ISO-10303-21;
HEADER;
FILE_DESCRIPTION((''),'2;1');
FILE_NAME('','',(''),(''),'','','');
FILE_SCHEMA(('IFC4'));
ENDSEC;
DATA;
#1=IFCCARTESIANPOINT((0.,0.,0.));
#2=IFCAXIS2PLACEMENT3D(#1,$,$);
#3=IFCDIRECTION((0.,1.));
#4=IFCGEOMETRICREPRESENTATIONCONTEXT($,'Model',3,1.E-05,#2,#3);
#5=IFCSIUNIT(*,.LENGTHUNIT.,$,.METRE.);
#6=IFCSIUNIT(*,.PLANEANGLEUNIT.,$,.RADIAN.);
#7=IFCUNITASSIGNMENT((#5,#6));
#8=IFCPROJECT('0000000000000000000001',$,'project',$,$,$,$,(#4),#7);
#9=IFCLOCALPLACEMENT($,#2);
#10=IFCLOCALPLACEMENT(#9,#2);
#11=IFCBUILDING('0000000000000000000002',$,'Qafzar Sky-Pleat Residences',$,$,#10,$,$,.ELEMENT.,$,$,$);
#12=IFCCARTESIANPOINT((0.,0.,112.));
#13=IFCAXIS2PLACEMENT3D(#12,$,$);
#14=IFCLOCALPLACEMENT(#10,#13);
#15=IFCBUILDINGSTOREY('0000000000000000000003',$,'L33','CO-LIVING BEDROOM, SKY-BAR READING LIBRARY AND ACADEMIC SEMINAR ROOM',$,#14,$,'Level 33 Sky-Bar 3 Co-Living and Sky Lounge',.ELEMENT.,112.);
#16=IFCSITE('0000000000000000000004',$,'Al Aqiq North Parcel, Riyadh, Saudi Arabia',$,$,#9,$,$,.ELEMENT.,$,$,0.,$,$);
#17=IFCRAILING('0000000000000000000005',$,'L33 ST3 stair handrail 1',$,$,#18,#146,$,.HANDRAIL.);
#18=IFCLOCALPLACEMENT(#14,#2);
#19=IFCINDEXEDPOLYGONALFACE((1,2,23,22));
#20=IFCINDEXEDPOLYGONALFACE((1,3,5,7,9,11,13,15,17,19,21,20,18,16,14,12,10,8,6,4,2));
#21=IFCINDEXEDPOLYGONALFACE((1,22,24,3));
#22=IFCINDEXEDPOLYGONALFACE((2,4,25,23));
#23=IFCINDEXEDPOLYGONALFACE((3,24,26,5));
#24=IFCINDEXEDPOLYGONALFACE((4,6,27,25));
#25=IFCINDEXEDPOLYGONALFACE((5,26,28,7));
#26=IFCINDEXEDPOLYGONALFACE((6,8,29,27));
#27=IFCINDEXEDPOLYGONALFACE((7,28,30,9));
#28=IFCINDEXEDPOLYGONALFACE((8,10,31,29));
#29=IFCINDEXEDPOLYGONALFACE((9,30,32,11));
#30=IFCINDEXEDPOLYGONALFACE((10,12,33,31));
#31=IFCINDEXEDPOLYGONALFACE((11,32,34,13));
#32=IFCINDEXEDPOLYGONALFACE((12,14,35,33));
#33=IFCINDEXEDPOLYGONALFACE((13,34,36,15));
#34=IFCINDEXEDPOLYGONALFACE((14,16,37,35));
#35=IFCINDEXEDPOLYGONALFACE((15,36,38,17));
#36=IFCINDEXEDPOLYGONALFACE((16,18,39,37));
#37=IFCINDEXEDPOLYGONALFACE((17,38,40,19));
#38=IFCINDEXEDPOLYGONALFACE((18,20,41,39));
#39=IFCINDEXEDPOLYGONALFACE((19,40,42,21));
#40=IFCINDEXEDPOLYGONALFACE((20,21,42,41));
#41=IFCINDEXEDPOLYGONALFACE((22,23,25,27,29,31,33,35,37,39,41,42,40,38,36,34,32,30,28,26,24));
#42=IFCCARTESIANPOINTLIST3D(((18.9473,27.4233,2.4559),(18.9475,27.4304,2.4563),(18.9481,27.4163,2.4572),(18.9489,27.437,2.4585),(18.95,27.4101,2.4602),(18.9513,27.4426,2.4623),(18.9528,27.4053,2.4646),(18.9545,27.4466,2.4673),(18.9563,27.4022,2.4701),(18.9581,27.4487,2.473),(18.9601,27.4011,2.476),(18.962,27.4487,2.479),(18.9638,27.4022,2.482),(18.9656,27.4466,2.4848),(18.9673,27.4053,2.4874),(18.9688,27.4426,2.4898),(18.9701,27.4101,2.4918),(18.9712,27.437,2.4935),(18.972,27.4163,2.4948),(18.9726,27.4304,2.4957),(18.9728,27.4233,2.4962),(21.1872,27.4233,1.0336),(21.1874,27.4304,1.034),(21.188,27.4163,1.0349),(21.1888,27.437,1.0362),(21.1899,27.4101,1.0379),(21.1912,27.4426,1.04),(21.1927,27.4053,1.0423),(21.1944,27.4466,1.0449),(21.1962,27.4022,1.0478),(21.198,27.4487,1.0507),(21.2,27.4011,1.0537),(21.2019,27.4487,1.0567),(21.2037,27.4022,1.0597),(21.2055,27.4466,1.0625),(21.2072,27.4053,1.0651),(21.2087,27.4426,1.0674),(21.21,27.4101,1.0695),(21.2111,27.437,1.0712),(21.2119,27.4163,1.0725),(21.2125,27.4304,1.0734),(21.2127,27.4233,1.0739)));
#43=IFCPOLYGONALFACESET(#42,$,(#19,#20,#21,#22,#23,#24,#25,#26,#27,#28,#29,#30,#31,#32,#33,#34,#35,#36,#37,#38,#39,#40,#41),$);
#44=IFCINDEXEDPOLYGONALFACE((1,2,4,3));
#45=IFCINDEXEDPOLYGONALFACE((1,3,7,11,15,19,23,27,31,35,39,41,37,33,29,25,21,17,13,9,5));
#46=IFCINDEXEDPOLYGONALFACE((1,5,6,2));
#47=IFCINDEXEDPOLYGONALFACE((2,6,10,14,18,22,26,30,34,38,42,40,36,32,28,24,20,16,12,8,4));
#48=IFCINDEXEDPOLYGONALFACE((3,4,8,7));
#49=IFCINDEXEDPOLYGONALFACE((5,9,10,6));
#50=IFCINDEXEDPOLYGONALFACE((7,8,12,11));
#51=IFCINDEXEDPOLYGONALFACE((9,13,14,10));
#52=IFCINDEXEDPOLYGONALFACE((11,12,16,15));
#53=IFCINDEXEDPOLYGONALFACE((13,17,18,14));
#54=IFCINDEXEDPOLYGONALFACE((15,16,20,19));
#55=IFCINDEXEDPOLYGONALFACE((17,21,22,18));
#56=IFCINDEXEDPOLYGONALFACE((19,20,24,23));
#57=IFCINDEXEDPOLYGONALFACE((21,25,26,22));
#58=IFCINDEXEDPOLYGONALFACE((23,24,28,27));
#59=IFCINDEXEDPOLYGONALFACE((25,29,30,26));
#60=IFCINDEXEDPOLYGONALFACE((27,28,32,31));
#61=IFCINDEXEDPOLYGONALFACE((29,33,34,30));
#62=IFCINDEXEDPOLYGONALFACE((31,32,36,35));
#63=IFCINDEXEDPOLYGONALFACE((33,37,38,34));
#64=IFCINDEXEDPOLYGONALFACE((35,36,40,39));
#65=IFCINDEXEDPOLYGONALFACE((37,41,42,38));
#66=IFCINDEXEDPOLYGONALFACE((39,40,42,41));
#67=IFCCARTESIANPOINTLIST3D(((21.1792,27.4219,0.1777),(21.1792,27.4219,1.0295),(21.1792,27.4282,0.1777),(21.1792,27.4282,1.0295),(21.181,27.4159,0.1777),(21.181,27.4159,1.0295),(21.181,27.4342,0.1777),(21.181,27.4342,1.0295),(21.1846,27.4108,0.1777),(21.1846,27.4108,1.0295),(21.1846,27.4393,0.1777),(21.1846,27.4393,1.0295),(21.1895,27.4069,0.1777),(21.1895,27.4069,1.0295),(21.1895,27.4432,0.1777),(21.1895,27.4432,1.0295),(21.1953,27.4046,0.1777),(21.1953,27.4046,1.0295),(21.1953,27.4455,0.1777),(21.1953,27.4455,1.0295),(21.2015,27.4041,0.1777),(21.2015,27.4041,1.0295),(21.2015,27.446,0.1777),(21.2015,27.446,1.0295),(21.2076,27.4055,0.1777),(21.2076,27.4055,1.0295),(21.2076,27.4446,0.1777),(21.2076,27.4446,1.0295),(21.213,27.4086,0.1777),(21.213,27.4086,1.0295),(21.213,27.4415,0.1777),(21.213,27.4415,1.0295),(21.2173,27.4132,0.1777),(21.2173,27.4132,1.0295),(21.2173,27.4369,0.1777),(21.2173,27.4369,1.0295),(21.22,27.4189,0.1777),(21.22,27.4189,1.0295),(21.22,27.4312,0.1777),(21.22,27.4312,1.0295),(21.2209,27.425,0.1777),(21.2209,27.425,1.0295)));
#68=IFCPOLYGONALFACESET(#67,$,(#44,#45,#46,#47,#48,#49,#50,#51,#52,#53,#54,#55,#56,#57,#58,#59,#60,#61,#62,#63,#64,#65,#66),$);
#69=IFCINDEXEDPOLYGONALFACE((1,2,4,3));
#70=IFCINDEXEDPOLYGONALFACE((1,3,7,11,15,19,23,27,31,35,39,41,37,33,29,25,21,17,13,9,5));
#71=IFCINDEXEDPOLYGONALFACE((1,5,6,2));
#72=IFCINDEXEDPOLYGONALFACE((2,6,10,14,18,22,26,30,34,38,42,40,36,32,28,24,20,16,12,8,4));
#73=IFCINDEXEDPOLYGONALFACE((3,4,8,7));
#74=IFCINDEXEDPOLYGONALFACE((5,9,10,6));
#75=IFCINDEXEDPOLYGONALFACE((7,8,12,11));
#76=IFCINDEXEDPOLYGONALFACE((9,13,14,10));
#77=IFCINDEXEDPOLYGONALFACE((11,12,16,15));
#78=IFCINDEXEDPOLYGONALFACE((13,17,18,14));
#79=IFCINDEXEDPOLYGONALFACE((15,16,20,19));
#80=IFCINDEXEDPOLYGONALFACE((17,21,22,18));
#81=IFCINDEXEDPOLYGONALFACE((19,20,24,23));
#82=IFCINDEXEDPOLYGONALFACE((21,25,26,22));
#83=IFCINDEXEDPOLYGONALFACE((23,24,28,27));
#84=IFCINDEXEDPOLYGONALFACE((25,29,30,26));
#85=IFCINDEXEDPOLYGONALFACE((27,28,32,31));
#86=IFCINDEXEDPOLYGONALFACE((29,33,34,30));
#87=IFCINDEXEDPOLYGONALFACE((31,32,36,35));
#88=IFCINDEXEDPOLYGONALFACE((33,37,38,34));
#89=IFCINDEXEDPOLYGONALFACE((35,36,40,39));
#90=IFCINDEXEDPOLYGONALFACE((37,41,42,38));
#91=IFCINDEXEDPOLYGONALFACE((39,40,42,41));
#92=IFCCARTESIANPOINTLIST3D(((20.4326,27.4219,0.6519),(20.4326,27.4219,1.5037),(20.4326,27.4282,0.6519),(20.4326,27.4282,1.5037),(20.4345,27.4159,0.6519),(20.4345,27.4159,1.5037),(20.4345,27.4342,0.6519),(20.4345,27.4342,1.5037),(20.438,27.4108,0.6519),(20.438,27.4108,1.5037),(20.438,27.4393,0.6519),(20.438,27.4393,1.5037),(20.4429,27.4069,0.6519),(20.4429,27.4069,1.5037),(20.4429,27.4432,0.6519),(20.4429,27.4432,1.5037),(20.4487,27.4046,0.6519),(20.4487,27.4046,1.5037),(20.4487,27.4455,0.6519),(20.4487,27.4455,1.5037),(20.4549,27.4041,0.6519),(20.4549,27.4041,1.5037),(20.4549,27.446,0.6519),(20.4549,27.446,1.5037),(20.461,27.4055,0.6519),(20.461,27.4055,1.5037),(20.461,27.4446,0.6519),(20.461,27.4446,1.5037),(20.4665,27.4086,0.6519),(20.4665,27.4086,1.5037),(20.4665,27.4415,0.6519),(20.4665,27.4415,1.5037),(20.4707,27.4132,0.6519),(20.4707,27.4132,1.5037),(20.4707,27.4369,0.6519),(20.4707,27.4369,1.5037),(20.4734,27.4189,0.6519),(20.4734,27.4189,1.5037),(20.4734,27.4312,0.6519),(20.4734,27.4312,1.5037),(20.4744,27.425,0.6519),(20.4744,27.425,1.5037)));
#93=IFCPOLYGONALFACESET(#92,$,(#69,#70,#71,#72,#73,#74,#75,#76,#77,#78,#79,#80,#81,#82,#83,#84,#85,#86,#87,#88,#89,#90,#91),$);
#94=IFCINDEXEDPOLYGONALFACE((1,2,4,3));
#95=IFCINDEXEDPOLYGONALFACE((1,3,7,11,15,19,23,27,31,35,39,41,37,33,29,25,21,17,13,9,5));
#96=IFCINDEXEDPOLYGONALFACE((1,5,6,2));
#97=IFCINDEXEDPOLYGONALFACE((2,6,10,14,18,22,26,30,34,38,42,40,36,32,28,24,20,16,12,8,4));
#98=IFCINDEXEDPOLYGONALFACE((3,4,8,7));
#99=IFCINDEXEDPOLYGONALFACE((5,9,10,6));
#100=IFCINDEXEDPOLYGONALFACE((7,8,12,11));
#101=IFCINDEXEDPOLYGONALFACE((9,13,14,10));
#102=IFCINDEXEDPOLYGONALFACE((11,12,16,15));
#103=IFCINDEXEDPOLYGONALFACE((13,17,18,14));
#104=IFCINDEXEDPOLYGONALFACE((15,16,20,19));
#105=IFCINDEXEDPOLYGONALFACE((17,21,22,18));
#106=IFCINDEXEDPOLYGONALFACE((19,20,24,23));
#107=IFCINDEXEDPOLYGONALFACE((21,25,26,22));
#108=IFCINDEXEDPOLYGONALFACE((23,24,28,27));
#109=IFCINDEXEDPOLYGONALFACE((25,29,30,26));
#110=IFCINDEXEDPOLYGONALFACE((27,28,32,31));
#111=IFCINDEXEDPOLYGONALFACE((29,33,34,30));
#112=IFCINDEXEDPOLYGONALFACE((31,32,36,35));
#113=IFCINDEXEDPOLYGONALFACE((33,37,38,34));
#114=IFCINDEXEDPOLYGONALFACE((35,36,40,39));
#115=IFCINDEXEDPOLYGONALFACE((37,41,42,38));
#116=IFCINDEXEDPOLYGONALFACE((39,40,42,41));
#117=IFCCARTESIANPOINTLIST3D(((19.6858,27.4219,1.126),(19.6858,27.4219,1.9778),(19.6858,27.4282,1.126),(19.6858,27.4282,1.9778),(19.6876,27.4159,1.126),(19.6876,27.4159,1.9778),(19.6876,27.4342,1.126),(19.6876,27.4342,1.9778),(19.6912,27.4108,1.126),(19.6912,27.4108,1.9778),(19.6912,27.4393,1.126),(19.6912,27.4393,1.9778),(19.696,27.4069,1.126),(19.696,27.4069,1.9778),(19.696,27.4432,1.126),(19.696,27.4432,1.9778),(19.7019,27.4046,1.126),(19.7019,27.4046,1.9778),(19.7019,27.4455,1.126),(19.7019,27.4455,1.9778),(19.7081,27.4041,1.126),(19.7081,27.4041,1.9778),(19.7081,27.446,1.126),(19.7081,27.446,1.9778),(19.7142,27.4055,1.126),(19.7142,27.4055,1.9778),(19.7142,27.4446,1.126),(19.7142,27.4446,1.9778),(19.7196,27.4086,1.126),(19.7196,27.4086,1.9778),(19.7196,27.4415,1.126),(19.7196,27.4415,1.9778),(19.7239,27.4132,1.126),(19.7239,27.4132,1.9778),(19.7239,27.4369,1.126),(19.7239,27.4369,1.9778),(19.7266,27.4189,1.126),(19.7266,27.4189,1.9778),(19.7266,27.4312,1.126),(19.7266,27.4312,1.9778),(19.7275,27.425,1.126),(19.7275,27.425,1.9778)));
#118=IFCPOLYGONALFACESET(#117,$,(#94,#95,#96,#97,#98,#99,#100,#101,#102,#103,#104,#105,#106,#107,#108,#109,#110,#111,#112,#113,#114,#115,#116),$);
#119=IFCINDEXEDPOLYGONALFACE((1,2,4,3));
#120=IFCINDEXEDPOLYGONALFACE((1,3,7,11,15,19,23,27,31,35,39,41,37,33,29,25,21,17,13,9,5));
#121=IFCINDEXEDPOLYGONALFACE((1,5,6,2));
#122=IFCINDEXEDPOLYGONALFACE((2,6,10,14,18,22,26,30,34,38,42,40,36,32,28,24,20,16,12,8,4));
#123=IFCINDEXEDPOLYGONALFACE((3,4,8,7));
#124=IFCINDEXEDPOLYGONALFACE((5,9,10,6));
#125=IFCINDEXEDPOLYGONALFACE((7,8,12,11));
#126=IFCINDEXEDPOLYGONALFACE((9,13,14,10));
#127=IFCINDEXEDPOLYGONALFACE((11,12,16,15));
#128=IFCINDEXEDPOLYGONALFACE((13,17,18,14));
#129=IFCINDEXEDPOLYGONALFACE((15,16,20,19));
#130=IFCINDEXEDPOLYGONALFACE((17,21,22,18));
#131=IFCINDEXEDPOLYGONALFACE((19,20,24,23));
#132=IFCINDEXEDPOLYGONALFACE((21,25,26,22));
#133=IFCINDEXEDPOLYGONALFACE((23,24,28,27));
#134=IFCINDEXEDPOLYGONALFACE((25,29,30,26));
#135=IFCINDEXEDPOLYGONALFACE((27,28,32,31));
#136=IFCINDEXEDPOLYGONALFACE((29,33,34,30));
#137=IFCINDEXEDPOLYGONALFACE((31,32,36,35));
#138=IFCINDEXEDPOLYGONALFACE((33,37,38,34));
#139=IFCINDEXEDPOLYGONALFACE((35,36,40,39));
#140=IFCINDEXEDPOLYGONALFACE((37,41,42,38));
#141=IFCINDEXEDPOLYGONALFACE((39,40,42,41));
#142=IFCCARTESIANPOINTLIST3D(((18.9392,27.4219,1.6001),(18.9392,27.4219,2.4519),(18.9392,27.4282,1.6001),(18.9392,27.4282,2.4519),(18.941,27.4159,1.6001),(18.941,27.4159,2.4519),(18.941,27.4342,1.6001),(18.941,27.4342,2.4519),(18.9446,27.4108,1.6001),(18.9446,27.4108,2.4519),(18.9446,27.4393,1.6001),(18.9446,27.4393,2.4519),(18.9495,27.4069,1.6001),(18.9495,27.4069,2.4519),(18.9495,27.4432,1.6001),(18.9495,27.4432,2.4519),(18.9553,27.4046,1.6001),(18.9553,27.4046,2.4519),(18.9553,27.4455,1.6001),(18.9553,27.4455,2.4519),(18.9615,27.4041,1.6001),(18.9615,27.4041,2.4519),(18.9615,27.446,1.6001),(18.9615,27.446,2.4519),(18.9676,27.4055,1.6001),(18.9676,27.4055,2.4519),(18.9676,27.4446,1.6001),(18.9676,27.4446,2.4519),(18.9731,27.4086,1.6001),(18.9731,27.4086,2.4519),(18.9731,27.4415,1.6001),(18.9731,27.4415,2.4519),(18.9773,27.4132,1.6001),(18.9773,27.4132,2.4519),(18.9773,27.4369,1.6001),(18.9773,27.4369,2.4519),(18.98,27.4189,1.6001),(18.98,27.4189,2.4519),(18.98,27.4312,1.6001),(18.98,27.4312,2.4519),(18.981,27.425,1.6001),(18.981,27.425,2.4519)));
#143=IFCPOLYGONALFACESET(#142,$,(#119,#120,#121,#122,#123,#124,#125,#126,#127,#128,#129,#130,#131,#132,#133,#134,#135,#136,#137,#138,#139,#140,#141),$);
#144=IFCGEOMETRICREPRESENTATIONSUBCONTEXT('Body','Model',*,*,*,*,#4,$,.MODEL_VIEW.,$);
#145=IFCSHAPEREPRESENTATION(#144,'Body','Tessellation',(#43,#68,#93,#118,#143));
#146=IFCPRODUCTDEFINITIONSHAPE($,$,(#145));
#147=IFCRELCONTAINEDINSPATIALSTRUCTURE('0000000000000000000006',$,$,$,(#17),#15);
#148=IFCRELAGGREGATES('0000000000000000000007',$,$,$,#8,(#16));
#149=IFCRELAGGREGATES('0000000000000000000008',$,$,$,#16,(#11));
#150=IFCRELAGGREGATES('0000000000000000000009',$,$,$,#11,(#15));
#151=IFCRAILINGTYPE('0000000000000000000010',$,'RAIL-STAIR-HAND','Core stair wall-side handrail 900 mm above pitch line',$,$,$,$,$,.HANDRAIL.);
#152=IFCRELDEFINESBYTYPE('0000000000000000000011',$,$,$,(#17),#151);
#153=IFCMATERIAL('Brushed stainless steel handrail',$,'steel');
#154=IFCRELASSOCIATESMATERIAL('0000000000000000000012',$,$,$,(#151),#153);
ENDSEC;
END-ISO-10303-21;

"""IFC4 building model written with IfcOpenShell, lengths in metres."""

from ifc_helpers import new_model, si_unit, direction, frame, origin, origin_2d, place, context, subcontext, project, spatial, circle, extrude, source, transform, mapped, material, type_object, element, save


model = new_model("IFC4")

# Units and contexts
model_context = context("Model", 3, precision=1e-05, world=origin(), true_north=direction((0.0, 1.0)))
body_context = subcontext(model_context, "Body", "Model", "MODEL_VIEW")
ifc_project = project(units=[si_unit("LENGTHUNIT", "METRE"), si_unit("PLANEANGLEUNIT", "RADIAN")], contexts=[model_context])

# Site, building, storey
site_placement = place(None, origin())
site = spatial("IfcSite", under=ifc_project, at=site_placement, Name="Al Aqiq North Parcel, Riyadh, Saudi Arabia", CompositionType="ELEMENT", RefElevation=0.0)
building_placement = place(site_placement, origin())
building = spatial("IfcBuilding", under=site, at=building_placement, Name="Qafzar Sky-Pleat Residences", CompositionType="ELEMENT")
storey_placement = place(building_placement, frame((0.0, 0.0, 112.0)))
storey = spatial("IfcBuildingStorey", under=building, at=storey_placement, Name="L33", Description="CO-LIVING BEDROOM, SKY-BAR READING LIBRARY AND ACADEMIC SEMINAR ROOM", LongName="Level 33 Sky-Bar 3 Co-Living and Sky Lounge", CompositionType="ELEMENT", Elevation=112.0)

# Railing
ifc_material_1 = material(Name="Brushed stainless steel handrail", Category="steel")
railing_type_1 = type_object("IfcRailingType", Name="RAIL-STAIR-HAND", Description="Core stair wall-side handrail 900 mm above pitch line", PredefinedType="HANDRAIL", material=ifc_material_1)
shared_shape_1 = source(origin(), body_context, "Body", "SweptSolid", [
    extrude(circle(Radius=0.0239, at=origin_2d()), frame((0.0, 0.0, 0.876), z_axis=(-0.844188, 0.0, 0.536048), x_axis=(0.0, -1.0, 0.0)), (0.0, 0.0, 1.0), 2.6533),
    extrude(circle(Radius=0.021, at=origin_2d()), origin(), (0.0, 0.0, 1.0), 0.8518),
    extrude(circle(Radius=0.021, at=origin_2d()), frame((-0.7466, 0.0, 0.4741)), (0.0, 0.0, 1.0), 0.8518),
    extrude(circle(Radius=0.021, at=origin_2d()), frame((-1.4934, 0.0, 0.9482)), (0.0, 0.0, 1.0), 0.8518),
    extrude(circle(Radius=0.021, at=origin_2d()), frame((-2.24, 0.0, 1.4224)), (0.0, 0.0, 1.0), 0.8518),
])
railing_1_placement = place(storey_placement, frame((21.2, 27.425, 0.1777)))
element("IfcRailing", 1, at=railing_1_placement, inside=storey, type_object=railing_type_1, Name="L33 ST3 stair handrail 1", PredefinedType="HANDRAIL", context=body_context, shape_type="MappedRepresentation", body=[
    mapped(shared_shape_1, transform((0.0, 0.0, 0.0), x_axis=(1.0, 0.0, 0.0), y_axis=(0.0, 1.0, 0.0), z_axis=(0.0, 0.0, 1.0), scale=1.0)),
])

save(model, "model.ifc")
